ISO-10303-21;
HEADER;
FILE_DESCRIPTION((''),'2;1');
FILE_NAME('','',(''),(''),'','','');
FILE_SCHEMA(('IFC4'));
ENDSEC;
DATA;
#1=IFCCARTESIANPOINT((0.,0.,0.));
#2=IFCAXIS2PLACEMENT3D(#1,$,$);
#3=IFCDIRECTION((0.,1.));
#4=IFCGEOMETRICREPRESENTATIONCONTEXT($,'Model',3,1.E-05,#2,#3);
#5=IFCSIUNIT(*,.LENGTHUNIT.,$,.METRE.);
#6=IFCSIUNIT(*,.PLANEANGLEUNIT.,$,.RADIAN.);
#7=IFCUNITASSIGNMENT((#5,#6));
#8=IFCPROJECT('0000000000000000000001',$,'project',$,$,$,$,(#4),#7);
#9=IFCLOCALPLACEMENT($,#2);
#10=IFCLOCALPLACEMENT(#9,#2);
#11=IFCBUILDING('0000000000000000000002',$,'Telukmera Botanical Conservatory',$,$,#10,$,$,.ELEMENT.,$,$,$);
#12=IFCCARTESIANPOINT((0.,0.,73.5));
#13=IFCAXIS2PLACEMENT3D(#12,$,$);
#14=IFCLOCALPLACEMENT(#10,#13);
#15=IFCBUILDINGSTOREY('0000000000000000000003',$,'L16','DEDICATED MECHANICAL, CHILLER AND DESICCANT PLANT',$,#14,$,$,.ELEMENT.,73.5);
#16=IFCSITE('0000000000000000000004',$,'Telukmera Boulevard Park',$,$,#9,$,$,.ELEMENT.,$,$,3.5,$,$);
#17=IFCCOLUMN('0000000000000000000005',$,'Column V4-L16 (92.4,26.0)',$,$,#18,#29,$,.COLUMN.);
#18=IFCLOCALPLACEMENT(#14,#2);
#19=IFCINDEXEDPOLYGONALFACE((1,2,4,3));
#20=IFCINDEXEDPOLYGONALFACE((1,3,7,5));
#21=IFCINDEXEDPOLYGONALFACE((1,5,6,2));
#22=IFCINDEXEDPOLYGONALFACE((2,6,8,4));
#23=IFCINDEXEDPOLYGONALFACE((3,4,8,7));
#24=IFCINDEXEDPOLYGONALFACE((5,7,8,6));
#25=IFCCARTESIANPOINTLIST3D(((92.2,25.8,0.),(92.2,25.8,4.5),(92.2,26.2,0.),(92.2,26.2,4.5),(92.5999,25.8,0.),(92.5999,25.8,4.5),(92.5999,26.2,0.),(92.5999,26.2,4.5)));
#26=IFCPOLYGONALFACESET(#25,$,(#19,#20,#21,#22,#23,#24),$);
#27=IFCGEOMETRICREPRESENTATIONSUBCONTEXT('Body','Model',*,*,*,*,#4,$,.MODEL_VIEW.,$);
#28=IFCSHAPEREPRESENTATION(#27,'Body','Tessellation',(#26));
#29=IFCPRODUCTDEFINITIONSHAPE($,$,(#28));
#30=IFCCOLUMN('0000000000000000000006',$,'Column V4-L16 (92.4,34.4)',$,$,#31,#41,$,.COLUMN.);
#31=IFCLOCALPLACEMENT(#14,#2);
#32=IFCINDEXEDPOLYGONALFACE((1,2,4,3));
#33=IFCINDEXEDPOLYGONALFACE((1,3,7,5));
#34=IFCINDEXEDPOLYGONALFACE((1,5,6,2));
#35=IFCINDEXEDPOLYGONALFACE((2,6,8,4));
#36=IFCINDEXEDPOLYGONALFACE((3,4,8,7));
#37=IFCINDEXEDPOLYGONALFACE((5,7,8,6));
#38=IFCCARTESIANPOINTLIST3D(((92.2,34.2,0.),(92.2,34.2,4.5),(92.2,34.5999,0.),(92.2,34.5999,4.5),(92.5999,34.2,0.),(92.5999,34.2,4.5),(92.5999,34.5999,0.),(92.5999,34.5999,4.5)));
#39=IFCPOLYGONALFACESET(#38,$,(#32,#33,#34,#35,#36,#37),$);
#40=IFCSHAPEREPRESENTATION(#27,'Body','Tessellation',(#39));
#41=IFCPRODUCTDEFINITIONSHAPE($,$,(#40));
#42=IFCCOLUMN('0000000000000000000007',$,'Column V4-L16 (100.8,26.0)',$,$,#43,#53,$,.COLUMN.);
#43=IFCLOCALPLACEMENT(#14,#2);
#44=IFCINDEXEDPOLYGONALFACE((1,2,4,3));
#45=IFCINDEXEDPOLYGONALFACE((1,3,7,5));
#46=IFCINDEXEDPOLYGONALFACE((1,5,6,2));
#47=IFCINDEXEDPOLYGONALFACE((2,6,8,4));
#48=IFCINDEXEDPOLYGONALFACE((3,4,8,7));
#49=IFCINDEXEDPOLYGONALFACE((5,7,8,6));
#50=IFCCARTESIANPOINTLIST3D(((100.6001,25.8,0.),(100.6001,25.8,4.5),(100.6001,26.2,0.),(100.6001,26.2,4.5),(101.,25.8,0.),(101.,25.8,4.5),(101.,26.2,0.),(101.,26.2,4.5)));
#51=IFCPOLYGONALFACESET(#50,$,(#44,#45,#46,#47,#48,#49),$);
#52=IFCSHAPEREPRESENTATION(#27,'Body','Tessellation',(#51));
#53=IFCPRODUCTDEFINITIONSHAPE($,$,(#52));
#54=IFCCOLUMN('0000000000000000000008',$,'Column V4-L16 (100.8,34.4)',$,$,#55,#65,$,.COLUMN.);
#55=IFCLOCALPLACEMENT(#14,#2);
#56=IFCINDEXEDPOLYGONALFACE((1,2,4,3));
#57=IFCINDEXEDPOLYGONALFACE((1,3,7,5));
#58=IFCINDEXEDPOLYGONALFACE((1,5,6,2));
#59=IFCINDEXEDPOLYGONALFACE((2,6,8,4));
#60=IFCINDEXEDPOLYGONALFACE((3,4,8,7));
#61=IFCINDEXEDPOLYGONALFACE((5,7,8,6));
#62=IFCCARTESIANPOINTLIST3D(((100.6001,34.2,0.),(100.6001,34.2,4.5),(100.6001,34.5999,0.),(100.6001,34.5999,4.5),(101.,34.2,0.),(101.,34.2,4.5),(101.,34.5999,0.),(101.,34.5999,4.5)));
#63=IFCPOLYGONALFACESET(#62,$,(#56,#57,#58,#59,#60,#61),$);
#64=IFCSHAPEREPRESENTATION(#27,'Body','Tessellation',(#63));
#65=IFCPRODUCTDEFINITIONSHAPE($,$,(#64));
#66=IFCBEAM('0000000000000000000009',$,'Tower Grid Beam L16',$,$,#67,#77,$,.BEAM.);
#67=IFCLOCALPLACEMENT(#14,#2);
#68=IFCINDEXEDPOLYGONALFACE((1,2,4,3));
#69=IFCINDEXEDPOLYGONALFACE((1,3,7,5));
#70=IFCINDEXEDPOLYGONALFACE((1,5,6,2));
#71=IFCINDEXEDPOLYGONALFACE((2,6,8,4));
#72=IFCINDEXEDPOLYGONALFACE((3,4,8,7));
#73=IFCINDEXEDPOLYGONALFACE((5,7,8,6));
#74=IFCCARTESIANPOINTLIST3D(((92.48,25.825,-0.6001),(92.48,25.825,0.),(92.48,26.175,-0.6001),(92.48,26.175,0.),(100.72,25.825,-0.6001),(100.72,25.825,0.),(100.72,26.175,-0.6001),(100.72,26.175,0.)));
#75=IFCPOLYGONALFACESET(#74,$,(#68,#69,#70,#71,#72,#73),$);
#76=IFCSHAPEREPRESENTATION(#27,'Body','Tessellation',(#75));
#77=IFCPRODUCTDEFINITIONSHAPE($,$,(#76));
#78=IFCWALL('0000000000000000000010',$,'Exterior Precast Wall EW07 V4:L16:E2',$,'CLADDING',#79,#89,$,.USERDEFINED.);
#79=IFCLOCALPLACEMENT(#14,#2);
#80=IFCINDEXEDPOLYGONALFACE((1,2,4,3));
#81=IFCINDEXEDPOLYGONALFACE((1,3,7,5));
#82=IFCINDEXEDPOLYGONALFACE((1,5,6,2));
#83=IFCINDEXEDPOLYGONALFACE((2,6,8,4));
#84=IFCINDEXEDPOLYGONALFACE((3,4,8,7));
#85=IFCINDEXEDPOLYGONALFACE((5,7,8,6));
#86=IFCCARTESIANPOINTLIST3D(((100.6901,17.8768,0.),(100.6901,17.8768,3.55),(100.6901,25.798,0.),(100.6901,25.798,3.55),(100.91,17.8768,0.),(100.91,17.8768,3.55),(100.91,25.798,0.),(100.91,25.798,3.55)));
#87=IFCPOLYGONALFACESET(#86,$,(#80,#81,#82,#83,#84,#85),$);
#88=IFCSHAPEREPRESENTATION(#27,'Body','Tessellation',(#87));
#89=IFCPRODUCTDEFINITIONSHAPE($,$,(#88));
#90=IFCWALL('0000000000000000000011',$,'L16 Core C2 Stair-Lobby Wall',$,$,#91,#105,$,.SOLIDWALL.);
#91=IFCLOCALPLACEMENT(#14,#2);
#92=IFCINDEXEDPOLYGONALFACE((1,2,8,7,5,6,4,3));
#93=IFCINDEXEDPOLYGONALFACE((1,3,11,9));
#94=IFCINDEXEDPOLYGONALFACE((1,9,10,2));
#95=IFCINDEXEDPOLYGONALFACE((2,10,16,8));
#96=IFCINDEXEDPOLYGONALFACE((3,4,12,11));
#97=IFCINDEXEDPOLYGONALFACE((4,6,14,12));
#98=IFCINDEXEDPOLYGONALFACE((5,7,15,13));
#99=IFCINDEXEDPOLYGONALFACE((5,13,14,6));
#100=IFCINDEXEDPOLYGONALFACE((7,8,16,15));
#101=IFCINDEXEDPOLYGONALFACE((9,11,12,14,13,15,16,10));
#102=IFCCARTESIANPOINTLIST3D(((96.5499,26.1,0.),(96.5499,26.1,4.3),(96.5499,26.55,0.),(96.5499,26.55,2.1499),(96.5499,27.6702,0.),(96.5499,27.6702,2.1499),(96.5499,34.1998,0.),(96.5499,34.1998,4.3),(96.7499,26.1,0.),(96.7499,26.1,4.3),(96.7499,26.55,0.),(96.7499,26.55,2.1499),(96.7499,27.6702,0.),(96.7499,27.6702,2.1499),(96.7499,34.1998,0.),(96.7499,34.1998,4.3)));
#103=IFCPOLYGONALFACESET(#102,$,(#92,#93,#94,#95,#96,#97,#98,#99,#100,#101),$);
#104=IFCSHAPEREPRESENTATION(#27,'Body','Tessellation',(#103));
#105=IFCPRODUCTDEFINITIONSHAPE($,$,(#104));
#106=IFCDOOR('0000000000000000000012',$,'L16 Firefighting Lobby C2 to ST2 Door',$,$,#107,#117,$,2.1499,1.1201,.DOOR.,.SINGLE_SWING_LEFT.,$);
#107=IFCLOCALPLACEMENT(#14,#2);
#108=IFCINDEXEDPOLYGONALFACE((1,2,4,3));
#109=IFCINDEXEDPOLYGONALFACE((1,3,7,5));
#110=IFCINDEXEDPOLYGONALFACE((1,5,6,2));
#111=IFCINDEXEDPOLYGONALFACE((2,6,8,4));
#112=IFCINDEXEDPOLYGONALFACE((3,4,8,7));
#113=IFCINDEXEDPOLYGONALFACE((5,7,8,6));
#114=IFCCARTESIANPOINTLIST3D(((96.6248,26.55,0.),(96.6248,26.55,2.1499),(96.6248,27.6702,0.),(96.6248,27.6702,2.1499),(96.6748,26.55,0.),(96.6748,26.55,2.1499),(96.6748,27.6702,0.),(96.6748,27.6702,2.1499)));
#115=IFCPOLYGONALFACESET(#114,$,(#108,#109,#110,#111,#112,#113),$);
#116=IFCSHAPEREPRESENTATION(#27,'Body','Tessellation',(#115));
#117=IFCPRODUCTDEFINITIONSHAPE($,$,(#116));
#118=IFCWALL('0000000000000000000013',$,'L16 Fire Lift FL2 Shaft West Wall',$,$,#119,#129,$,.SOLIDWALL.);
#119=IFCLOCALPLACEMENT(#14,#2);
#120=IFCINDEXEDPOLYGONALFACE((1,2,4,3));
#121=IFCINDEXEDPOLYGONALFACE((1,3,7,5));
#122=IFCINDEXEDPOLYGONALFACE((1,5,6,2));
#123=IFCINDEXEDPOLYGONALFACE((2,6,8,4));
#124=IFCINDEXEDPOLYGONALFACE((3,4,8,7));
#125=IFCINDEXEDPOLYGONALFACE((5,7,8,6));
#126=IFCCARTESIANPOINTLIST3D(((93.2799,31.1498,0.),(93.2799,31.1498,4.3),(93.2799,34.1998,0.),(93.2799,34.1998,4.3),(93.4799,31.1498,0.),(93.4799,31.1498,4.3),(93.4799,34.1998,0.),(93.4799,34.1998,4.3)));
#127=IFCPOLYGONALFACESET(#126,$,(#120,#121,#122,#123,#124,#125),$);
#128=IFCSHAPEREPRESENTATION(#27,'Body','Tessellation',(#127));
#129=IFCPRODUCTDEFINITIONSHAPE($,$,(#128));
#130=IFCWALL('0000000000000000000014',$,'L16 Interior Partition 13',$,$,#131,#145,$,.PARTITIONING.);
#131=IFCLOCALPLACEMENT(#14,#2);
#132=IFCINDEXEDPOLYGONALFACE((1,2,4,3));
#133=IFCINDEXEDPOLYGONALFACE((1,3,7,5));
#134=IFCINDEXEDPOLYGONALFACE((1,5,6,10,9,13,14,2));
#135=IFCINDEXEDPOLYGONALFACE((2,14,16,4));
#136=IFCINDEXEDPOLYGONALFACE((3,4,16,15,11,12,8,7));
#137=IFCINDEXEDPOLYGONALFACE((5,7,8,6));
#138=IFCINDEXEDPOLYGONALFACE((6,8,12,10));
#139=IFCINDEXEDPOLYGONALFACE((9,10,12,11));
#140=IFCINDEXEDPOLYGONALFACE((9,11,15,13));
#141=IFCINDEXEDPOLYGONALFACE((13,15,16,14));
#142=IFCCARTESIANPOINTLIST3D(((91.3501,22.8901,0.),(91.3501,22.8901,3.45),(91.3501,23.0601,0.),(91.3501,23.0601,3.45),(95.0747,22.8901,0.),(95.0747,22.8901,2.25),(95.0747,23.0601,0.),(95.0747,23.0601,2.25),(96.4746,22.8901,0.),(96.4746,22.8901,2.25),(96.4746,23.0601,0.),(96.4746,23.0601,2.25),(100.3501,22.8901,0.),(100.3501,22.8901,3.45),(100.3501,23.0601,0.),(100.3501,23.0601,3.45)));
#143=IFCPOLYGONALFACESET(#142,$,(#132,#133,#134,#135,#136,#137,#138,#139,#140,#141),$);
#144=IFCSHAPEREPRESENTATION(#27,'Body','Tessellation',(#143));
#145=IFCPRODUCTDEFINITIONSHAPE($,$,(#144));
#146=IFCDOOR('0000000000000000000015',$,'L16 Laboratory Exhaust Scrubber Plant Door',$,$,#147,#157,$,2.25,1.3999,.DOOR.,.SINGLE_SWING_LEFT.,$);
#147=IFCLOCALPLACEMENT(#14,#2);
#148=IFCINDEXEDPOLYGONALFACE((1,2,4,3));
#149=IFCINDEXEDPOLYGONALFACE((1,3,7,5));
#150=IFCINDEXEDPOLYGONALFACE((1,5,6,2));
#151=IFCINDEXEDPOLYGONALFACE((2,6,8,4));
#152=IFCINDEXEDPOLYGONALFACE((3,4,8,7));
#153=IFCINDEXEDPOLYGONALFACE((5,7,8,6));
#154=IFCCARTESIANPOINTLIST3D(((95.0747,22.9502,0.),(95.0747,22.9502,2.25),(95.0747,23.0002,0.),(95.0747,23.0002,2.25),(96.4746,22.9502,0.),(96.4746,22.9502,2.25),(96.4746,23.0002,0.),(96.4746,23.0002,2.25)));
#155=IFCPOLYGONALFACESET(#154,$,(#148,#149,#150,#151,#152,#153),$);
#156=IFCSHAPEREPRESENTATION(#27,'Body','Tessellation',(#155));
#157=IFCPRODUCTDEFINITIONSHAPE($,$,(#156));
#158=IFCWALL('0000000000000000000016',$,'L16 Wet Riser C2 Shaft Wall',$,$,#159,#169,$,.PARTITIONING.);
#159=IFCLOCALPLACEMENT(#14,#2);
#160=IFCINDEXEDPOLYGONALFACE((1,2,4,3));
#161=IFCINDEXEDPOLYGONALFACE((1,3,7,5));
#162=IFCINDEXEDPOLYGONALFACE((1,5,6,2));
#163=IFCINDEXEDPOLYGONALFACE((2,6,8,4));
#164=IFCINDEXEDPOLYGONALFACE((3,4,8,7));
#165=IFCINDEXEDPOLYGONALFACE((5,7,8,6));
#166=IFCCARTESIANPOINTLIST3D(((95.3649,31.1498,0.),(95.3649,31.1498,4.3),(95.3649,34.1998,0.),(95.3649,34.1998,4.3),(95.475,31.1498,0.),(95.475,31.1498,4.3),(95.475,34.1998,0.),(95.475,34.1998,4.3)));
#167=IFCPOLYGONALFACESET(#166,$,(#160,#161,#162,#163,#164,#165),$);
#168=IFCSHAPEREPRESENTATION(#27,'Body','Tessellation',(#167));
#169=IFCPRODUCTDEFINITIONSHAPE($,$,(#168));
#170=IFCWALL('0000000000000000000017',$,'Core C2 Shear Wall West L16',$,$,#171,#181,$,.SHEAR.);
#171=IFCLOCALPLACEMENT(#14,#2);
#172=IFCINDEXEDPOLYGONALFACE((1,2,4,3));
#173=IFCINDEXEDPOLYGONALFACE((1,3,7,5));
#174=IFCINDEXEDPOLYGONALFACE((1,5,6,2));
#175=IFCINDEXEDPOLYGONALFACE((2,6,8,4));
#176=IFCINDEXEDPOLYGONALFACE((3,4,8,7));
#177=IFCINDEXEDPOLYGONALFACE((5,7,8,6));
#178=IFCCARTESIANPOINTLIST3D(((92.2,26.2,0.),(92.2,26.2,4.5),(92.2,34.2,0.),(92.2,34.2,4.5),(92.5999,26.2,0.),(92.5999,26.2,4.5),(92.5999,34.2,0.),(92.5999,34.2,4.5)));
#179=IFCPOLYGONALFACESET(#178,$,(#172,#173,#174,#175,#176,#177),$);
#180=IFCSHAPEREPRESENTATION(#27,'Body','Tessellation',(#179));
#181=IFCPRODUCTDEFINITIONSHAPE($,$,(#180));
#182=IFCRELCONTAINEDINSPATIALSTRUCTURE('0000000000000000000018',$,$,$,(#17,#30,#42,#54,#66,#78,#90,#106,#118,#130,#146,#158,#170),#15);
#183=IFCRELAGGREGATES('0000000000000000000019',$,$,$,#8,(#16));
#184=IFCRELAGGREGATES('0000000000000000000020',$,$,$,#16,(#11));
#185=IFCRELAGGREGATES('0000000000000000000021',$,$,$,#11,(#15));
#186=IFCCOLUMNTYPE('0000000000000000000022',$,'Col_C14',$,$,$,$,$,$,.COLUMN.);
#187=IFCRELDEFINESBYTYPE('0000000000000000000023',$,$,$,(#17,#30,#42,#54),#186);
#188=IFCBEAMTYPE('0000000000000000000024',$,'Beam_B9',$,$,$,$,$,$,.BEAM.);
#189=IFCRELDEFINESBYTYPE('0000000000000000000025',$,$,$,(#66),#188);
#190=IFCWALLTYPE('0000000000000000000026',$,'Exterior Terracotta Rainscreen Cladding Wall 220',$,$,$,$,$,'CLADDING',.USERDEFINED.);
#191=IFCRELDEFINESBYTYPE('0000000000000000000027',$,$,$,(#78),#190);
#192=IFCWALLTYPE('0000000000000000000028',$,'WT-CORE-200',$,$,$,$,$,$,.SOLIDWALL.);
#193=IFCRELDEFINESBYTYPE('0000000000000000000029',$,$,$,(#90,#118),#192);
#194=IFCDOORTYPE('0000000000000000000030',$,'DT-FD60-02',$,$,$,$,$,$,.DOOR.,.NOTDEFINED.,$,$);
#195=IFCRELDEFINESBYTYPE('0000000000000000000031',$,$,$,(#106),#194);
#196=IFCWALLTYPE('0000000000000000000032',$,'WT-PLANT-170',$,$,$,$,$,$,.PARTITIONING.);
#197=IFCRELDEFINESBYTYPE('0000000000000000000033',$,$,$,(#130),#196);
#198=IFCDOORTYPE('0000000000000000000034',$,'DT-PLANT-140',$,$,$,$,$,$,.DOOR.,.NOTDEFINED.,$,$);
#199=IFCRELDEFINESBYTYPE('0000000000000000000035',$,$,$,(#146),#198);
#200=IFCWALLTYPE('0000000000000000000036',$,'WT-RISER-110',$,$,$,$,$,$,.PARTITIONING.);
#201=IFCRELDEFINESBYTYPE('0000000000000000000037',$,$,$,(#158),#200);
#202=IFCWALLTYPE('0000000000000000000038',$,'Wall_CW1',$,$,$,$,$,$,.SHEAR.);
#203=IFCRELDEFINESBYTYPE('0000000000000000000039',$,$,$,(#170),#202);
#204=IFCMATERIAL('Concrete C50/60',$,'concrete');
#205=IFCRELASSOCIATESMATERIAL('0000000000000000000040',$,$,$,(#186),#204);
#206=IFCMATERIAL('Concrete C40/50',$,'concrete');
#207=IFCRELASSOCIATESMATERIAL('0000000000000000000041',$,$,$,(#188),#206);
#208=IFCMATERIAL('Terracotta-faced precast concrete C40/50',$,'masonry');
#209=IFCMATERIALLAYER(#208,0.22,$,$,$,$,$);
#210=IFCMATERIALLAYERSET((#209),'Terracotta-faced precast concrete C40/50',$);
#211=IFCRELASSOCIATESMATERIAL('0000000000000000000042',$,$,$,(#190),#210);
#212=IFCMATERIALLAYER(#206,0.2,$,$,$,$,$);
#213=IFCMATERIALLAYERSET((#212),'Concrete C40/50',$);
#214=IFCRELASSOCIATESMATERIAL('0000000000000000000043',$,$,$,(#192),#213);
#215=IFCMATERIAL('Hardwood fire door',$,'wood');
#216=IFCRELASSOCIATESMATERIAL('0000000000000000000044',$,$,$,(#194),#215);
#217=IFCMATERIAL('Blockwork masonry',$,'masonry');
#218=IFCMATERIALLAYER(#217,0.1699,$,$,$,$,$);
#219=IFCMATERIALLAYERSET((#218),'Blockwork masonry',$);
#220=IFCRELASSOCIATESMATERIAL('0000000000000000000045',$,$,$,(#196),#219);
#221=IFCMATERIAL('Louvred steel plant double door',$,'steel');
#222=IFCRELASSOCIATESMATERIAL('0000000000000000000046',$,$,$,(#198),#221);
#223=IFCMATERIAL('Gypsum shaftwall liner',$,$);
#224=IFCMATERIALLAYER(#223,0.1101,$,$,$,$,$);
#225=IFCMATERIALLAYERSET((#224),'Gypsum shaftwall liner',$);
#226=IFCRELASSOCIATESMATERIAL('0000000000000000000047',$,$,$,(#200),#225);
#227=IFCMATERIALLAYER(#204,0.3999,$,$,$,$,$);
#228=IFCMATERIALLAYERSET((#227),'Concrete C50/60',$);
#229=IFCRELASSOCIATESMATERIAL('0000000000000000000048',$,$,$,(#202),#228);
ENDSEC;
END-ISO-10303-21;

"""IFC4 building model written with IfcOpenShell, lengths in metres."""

from ifc_helpers import new_model, si_unit, direction, frame, frame_2d, origin, origin_2d, place, context, subcontext, project, spatial, rectangle, extrude, material, layer, layer_set, material_profile, profile_set, type_object, element, fill, save


model = new_model("IFC4")

# Units and contexts
model_context = context("Model", 3, precision=1e-05, world=origin(), true_north=direction((0.0, 1.0)))
body_context = subcontext(model_context, "Body", "Model", "MODEL_VIEW")
ifc_project = project(units=[si_unit("LENGTHUNIT", "METRE"), si_unit("PLANEANGLEUNIT", "RADIAN")], contexts=[model_context])

# Site, building, storey
site_placement = place(None, origin())
site = spatial("IfcSite", under=ifc_project, at=site_placement, Name="Telukmera Boulevard Park", CompositionType="ELEMENT", RefElevation=3.5)
building_placement = place(site_placement, origin())
building = spatial("IfcBuilding", under=site, at=building_placement, Name="Telukmera Botanical Conservatory", CompositionType="ELEMENT")
storey_placement = place(building_placement, frame((0.0, 0.0, 73.5)))
storey = spatial("IfcBuildingStorey", under=building, at=storey_placement, Name="L16", Description="DEDICATED MECHANICAL, CHILLER AND DESICCANT PLANT", CompositionType="ELEMENT", Elevation=73.5)

# Columns
ifc_material_1 = material(Name="Concrete C50/60", Category="concrete")
ifc_material_profile_1 = material_profile(ifc_material_1, rectangle(XDim=0.3999, YDim=0.3999, at=origin_2d()), Name="RC 400x400")
ifc_profile_set_1 = profile_set([ifc_material_profile_1], Name="Concrete C50/60")
column_type = type_object("IfcColumnType", Name="Col_C14", PredefinedType="COLUMN", material=ifc_profile_set_1)
for number, where, z_axis, x_axis, name in (
    (1, (92.3999, 26.0, 0.0), (0.0, 0.0, 1.0), (1.0, 0.0, 0.0), "Column V4-L16 (92.4,26.0)"),
    (2, (92.3999, 34.3999, 0.0), (0.0, 0.0, 1.0), (1.0, 0.0, 0.0), "Column V4-L16 (92.4,34.4)"),
    (3, (100.8, 26.0, 0.0), (0.0, 0.0, 1.0), (1.0, 0.0, 0.0), "Column V4-L16 (100.8,26.0)"),
    (4, (100.8, 34.3999, 0.0), (0.0, 0.0, 1.0), (1.0, 0.0, 0.0), "Column V4-L16 (100.8,34.4)"),
):
    element("IfcColumn", number, at=place(storey_placement, frame(where, z_axis=z_axis, x_axis=x_axis)), inside=storey, type_object=column_type, Name=name, PredefinedType="COLUMN", context=body_context, shape_type="SweptSolid", body=[
        extrude(rectangle(XDim=0.3999, YDim=0.3999, at=origin_2d()), origin(), (0.0, 0.0, 1.0), 4.5),
    ])

# Beam
ifc_material_2 = material(Name="Concrete C40/50", Category="concrete")
ifc_material_profile_2 = material_profile(ifc_material_2, rectangle(XDim=0.3501, YDim=0.6001, at=origin_2d()), Name="RC 350x600")
ifc_profile_set_2 = profile_set([ifc_material_profile_2], Name="Concrete C40/50")
beam_type = type_object("IfcBeamType", Name="Beam_B9", PredefinedType="BEAM", material=ifc_profile_set_2)
beam_placement = place(storey_placement, frame((92.48, 26.0, -0.3), z_axis=(1.0, 0.0, 0.0), x_axis=(0.0, 1.0, 0.0)))
element("IfcBeam", 5, at=beam_placement, inside=storey, type_object=beam_type, Name="Tower Grid Beam L16", PredefinedType="BEAM", context=body_context, shape_type="SweptSolid", body=[
    extrude(rectangle(XDim=0.3501, YDim=0.6001, at=origin_2d()), origin(), (0.0, 0.0, 1.0), 8.24),
])

# Wall
ifc_material_3 = material(Name="Terracotta-faced precast concrete C40/50", Category="masonry")
ifc_layer_1 = layer(ifc_material_3, 0.22)
ifc_layer_set_1 = layer_set([ifc_layer_1], Name="Terracotta-faced precast concrete C40/50")
wall_type_1 = type_object("IfcWallType", Name="Exterior Terracotta Rainscreen Cladding Wall 220", ElementType="CLADDING", PredefinedType="USERDEFINED", material=ifc_layer_set_1)
wall_1_placement = place(storey_placement, frame((100.8, 17.877, 0.0), z_axis=(0.0, 0.0, 1.0), x_axis=(0.0, 1.0, 0.0)))
element("IfcWall", 6, at=wall_1_placement, inside=storey, type_object=wall_type_1, Name="Exterior Precast Wall EW07 V4:L16:E2", ObjectType="CLADDING", PredefinedType="USERDEFINED", context=body_context, shape_type="SweptSolid", body=[
    extrude(rectangle(XDim=7.9211, YDim=0.22, at=frame_2d((3.9604, 0.0))), origin(), (0.0, 0.0, 1.0), 3.55),
])

# Shared definitions
ifc_layer_2 = layer(ifc_material_2, 0.2)
ifc_layer_set_2 = layer_set([ifc_layer_2], Name="Concrete C40/50")
wall_type_2 = type_object("IfcWallType", Name="WT-CORE-200", PredefinedType="SOLIDWALL", material=ifc_layer_set_2)
ifc_material_4 = material(Name="Hardwood fire door", Category="wood")

# Wall, opening, door
wall_2_placement = place(storey_placement, frame((96.6499, 26.1001, 0.0), z_axis=(0.0, 0.0, 1.0), x_axis=(0.0, 1.0, 0.0)))
wall_2 = element("IfcWall", 7, at=wall_2_placement, inside=storey, type_object=wall_type_2, Name="L16 Core C2 Stair-Lobby Wall", PredefinedType="SOLIDWALL", context=body_context, shape_type="SweptSolid", body=[
    extrude(rectangle(XDim=8.0999, YDim=0.2, at=frame_2d((4.0498, 0.0))), origin(), (0.0, 0.0, 1.0), 4.3),
])
opening_1_placement = place(wall_2_placement, frame((0.45, 0.0, 0.0)))
opening_1 = element("IfcOpeningElement", 8, at=opening_1_placement, cuts=wall_2, PredefinedType="OPENING", context=body_context, shape_type="SweptSolid", body=[
    extrude(rectangle(XDim=1.1201, YDim=2.1499, at=frame_2d((0.5601, 1.075))), frame((0.0, 0.1099, 0.0), z_axis=(0.0, -1.0, 0.0), x_axis=(1.0, 0.0, 0.0)), (0.0, 0.0, 1.0), 0.22),
])
door_type_1 = type_object("IfcDoorType", Name="DT-FD60-02", OperationType="NOTDEFINED", PredefinedType="DOOR", material=ifc_material_4)
door_1_placement = place(opening_1_placement, frame((1.1201, 0.0, 0.0), z_axis=(0.0, 0.0, 1.0), x_axis=(-1.0, 0.0, 0.0)))
door_1 = element("IfcDoor", 9, at=door_1_placement, inside=storey, type_object=door_type_1, Name="L16 Firefighting Lobby C2 to ST2 Door", OperationType="SINGLE_SWING_LEFT", OverallHeight=2.1499, OverallWidth=1.1201, PredefinedType="DOOR", context=body_context, shape_type="SweptSolid", body=[
    extrude(rectangle(XDim=1.1201, YDim=2.1499, at=frame_2d((0.5601, 1.075))), frame((0.0, 0.0249, 0.0), z_axis=(0.0, -1.0, 0.0), x_axis=(1.0, 0.0, 0.0)), (0.0, 0.0, 1.0), 0.05),
])
fill(opening_1, door_1)

# Wall
wall_3_placement = place(storey_placement, frame((93.3799, 31.1499, 0.0), z_axis=(0.0, 0.0, 1.0), x_axis=(0.0, 1.0, 0.0)))
element("IfcWall", 10, at=wall_3_placement, inside=storey, type_object=wall_type_2, Name="L16 Fire Lift FL2 Shaft West Wall", PredefinedType="SOLIDWALL", context=body_context, shape_type="SweptSolid", body=[
    extrude(rectangle(XDim=3.05, YDim=0.2, at=frame_2d((1.5249, 0.0))), origin(), (0.0, 0.0, 1.0), 4.3),
])

# Wall, opening, door
ifc_material_5 = material(Name="Blockwork masonry", Category="masonry")
ifc_layer_3 = layer(ifc_material_5, 0.1699)
ifc_layer_set_3 = layer_set([ifc_layer_3], Name="Blockwork masonry")
wall_type_3 = type_object("IfcWallType", Name="WT-PLANT-170", PredefinedType="PARTITIONING", material=ifc_layer_set_3)
wall_4_placement = place(storey_placement, frame((91.3501, 22.9751, 0.0), z_axis=(0.0, 0.0, 1.0), x_axis=(1.0, 0.0, 0.0)))
wall_4 = element("IfcWall", 11, at=wall_4_placement, inside=storey, type_object=wall_type_3, Name="L16 Interior Partition 13", PredefinedType="PARTITIONING", context=body_context, shape_type="SweptSolid", body=[
    extrude(rectangle(XDim=9.0, YDim=0.1699, at=frame_2d((4.5, 0.0))), origin(), (0.0, 0.0, 1.0), 3.45),
])
opening_2_placement = place(wall_4_placement, frame((3.7246, 0.0, 0.0)))
opening_2 = element("IfcOpeningElement", 12, at=opening_2_placement, cuts=wall_4, PredefinedType="OPENING", context=body_context, shape_type="SweptSolid", body=[
    extrude(rectangle(XDim=1.3999, YDim=2.25, at=frame_2d((0.7, 1.125))), frame((0.0, 0.095, 0.0), z_axis=(0.0, -1.0, 0.0), x_axis=(1.0, 0.0, 0.0)), (0.0, 0.0, 1.0), 0.1899),
])
ifc_material_6 = material(Name="Louvred steel plant double door", Category="steel")
door_type_2 = type_object("IfcDoorType", Name="DT-PLANT-140", OperationType="NOTDEFINED", PredefinedType="DOOR", material=ifc_material_6)
door_2_placement = place(opening_2_placement, frame((1.3999, 0.0, 0.0), z_axis=(0.0, 0.0, 1.0), x_axis=(-1.0, 0.0, 0.0)))
door_2 = element("IfcDoor", 13, at=door_2_placement, inside=storey, type_object=door_type_2, Name="L16 Laboratory Exhaust Scrubber Plant Door", OperationType="SINGLE_SWING_LEFT", OverallHeight=2.25, OverallWidth=1.3999, PredefinedType="DOOR", context=body_context, shape_type="SweptSolid", body=[
    extrude(rectangle(XDim=1.3999, YDim=2.25, at=frame_2d((0.7, 1.125))), frame((0.0, 0.0249, 0.0), z_axis=(0.0, -1.0, 0.0), x_axis=(1.0, 0.0, 0.0)), (0.0, 0.0, 1.0), 0.05),
])
fill(opening_2, door_2)

# Walls
ifc_material_7 = material(Name="Gypsum shaftwall liner")
ifc_layer_4 = layer(ifc_material_7, 0.1101)
ifc_layer_set_4 = layer_set([ifc_layer_4], Name="Gypsum shaftwall liner")
wall_type_4 = type_object("IfcWallType", Name="WT-RISER-110", PredefinedType="PARTITIONING", material=ifc_layer_set_4)
wall_5_placement = place(storey_placement, frame((95.4199, 31.1499, 0.0), z_axis=(0.0, 0.0, 1.0), x_axis=(0.0, 1.0, 0.0)))
element("IfcWall", 14, at=wall_5_placement, inside=storey, type_object=wall_type_4, Name="L16 Wet Riser C2 Shaft Wall", PredefinedType="PARTITIONING", context=body_context, shape_type="SweptSolid", body=[
    extrude(rectangle(XDim=3.05, YDim=0.1101, at=frame_2d((1.5249, 0.0))), origin(), (0.0, 0.0, 1.0), 4.3),
])
ifc_layer_5 = layer(ifc_material_1, 0.3999)
ifc_layer_set_5 = layer_set([ifc_layer_5], Name="Concrete C50/60")
wall_type_5 = type_object("IfcWallType", Name="Wall_CW1", PredefinedType="SHEAR", material=ifc_layer_set_5)
for number, where, z_axis, x_axis, name in (
    (15, (92.3999, 26.2, 0.0), (0.0, 0.0, 1.0), (0.0, 1.0, 0.0), "Core C2 Shear Wall West L16"),
):
    element("IfcWall", number, at=place(storey_placement, frame(where, z_axis=z_axis, x_axis=x_axis)), inside=storey, type_object=wall_type_5, Name=name, PredefinedType="SHEAR", context=body_context, shape_type="SweptSolid", body=[
        extrude(rectangle(XDim=8.0, YDim=0.3999, at=frame_2d((4.0, 0.0))), origin(), (0.0, 0.0, 1.0), 4.5),
    ])

save(model, "model.ifc")
